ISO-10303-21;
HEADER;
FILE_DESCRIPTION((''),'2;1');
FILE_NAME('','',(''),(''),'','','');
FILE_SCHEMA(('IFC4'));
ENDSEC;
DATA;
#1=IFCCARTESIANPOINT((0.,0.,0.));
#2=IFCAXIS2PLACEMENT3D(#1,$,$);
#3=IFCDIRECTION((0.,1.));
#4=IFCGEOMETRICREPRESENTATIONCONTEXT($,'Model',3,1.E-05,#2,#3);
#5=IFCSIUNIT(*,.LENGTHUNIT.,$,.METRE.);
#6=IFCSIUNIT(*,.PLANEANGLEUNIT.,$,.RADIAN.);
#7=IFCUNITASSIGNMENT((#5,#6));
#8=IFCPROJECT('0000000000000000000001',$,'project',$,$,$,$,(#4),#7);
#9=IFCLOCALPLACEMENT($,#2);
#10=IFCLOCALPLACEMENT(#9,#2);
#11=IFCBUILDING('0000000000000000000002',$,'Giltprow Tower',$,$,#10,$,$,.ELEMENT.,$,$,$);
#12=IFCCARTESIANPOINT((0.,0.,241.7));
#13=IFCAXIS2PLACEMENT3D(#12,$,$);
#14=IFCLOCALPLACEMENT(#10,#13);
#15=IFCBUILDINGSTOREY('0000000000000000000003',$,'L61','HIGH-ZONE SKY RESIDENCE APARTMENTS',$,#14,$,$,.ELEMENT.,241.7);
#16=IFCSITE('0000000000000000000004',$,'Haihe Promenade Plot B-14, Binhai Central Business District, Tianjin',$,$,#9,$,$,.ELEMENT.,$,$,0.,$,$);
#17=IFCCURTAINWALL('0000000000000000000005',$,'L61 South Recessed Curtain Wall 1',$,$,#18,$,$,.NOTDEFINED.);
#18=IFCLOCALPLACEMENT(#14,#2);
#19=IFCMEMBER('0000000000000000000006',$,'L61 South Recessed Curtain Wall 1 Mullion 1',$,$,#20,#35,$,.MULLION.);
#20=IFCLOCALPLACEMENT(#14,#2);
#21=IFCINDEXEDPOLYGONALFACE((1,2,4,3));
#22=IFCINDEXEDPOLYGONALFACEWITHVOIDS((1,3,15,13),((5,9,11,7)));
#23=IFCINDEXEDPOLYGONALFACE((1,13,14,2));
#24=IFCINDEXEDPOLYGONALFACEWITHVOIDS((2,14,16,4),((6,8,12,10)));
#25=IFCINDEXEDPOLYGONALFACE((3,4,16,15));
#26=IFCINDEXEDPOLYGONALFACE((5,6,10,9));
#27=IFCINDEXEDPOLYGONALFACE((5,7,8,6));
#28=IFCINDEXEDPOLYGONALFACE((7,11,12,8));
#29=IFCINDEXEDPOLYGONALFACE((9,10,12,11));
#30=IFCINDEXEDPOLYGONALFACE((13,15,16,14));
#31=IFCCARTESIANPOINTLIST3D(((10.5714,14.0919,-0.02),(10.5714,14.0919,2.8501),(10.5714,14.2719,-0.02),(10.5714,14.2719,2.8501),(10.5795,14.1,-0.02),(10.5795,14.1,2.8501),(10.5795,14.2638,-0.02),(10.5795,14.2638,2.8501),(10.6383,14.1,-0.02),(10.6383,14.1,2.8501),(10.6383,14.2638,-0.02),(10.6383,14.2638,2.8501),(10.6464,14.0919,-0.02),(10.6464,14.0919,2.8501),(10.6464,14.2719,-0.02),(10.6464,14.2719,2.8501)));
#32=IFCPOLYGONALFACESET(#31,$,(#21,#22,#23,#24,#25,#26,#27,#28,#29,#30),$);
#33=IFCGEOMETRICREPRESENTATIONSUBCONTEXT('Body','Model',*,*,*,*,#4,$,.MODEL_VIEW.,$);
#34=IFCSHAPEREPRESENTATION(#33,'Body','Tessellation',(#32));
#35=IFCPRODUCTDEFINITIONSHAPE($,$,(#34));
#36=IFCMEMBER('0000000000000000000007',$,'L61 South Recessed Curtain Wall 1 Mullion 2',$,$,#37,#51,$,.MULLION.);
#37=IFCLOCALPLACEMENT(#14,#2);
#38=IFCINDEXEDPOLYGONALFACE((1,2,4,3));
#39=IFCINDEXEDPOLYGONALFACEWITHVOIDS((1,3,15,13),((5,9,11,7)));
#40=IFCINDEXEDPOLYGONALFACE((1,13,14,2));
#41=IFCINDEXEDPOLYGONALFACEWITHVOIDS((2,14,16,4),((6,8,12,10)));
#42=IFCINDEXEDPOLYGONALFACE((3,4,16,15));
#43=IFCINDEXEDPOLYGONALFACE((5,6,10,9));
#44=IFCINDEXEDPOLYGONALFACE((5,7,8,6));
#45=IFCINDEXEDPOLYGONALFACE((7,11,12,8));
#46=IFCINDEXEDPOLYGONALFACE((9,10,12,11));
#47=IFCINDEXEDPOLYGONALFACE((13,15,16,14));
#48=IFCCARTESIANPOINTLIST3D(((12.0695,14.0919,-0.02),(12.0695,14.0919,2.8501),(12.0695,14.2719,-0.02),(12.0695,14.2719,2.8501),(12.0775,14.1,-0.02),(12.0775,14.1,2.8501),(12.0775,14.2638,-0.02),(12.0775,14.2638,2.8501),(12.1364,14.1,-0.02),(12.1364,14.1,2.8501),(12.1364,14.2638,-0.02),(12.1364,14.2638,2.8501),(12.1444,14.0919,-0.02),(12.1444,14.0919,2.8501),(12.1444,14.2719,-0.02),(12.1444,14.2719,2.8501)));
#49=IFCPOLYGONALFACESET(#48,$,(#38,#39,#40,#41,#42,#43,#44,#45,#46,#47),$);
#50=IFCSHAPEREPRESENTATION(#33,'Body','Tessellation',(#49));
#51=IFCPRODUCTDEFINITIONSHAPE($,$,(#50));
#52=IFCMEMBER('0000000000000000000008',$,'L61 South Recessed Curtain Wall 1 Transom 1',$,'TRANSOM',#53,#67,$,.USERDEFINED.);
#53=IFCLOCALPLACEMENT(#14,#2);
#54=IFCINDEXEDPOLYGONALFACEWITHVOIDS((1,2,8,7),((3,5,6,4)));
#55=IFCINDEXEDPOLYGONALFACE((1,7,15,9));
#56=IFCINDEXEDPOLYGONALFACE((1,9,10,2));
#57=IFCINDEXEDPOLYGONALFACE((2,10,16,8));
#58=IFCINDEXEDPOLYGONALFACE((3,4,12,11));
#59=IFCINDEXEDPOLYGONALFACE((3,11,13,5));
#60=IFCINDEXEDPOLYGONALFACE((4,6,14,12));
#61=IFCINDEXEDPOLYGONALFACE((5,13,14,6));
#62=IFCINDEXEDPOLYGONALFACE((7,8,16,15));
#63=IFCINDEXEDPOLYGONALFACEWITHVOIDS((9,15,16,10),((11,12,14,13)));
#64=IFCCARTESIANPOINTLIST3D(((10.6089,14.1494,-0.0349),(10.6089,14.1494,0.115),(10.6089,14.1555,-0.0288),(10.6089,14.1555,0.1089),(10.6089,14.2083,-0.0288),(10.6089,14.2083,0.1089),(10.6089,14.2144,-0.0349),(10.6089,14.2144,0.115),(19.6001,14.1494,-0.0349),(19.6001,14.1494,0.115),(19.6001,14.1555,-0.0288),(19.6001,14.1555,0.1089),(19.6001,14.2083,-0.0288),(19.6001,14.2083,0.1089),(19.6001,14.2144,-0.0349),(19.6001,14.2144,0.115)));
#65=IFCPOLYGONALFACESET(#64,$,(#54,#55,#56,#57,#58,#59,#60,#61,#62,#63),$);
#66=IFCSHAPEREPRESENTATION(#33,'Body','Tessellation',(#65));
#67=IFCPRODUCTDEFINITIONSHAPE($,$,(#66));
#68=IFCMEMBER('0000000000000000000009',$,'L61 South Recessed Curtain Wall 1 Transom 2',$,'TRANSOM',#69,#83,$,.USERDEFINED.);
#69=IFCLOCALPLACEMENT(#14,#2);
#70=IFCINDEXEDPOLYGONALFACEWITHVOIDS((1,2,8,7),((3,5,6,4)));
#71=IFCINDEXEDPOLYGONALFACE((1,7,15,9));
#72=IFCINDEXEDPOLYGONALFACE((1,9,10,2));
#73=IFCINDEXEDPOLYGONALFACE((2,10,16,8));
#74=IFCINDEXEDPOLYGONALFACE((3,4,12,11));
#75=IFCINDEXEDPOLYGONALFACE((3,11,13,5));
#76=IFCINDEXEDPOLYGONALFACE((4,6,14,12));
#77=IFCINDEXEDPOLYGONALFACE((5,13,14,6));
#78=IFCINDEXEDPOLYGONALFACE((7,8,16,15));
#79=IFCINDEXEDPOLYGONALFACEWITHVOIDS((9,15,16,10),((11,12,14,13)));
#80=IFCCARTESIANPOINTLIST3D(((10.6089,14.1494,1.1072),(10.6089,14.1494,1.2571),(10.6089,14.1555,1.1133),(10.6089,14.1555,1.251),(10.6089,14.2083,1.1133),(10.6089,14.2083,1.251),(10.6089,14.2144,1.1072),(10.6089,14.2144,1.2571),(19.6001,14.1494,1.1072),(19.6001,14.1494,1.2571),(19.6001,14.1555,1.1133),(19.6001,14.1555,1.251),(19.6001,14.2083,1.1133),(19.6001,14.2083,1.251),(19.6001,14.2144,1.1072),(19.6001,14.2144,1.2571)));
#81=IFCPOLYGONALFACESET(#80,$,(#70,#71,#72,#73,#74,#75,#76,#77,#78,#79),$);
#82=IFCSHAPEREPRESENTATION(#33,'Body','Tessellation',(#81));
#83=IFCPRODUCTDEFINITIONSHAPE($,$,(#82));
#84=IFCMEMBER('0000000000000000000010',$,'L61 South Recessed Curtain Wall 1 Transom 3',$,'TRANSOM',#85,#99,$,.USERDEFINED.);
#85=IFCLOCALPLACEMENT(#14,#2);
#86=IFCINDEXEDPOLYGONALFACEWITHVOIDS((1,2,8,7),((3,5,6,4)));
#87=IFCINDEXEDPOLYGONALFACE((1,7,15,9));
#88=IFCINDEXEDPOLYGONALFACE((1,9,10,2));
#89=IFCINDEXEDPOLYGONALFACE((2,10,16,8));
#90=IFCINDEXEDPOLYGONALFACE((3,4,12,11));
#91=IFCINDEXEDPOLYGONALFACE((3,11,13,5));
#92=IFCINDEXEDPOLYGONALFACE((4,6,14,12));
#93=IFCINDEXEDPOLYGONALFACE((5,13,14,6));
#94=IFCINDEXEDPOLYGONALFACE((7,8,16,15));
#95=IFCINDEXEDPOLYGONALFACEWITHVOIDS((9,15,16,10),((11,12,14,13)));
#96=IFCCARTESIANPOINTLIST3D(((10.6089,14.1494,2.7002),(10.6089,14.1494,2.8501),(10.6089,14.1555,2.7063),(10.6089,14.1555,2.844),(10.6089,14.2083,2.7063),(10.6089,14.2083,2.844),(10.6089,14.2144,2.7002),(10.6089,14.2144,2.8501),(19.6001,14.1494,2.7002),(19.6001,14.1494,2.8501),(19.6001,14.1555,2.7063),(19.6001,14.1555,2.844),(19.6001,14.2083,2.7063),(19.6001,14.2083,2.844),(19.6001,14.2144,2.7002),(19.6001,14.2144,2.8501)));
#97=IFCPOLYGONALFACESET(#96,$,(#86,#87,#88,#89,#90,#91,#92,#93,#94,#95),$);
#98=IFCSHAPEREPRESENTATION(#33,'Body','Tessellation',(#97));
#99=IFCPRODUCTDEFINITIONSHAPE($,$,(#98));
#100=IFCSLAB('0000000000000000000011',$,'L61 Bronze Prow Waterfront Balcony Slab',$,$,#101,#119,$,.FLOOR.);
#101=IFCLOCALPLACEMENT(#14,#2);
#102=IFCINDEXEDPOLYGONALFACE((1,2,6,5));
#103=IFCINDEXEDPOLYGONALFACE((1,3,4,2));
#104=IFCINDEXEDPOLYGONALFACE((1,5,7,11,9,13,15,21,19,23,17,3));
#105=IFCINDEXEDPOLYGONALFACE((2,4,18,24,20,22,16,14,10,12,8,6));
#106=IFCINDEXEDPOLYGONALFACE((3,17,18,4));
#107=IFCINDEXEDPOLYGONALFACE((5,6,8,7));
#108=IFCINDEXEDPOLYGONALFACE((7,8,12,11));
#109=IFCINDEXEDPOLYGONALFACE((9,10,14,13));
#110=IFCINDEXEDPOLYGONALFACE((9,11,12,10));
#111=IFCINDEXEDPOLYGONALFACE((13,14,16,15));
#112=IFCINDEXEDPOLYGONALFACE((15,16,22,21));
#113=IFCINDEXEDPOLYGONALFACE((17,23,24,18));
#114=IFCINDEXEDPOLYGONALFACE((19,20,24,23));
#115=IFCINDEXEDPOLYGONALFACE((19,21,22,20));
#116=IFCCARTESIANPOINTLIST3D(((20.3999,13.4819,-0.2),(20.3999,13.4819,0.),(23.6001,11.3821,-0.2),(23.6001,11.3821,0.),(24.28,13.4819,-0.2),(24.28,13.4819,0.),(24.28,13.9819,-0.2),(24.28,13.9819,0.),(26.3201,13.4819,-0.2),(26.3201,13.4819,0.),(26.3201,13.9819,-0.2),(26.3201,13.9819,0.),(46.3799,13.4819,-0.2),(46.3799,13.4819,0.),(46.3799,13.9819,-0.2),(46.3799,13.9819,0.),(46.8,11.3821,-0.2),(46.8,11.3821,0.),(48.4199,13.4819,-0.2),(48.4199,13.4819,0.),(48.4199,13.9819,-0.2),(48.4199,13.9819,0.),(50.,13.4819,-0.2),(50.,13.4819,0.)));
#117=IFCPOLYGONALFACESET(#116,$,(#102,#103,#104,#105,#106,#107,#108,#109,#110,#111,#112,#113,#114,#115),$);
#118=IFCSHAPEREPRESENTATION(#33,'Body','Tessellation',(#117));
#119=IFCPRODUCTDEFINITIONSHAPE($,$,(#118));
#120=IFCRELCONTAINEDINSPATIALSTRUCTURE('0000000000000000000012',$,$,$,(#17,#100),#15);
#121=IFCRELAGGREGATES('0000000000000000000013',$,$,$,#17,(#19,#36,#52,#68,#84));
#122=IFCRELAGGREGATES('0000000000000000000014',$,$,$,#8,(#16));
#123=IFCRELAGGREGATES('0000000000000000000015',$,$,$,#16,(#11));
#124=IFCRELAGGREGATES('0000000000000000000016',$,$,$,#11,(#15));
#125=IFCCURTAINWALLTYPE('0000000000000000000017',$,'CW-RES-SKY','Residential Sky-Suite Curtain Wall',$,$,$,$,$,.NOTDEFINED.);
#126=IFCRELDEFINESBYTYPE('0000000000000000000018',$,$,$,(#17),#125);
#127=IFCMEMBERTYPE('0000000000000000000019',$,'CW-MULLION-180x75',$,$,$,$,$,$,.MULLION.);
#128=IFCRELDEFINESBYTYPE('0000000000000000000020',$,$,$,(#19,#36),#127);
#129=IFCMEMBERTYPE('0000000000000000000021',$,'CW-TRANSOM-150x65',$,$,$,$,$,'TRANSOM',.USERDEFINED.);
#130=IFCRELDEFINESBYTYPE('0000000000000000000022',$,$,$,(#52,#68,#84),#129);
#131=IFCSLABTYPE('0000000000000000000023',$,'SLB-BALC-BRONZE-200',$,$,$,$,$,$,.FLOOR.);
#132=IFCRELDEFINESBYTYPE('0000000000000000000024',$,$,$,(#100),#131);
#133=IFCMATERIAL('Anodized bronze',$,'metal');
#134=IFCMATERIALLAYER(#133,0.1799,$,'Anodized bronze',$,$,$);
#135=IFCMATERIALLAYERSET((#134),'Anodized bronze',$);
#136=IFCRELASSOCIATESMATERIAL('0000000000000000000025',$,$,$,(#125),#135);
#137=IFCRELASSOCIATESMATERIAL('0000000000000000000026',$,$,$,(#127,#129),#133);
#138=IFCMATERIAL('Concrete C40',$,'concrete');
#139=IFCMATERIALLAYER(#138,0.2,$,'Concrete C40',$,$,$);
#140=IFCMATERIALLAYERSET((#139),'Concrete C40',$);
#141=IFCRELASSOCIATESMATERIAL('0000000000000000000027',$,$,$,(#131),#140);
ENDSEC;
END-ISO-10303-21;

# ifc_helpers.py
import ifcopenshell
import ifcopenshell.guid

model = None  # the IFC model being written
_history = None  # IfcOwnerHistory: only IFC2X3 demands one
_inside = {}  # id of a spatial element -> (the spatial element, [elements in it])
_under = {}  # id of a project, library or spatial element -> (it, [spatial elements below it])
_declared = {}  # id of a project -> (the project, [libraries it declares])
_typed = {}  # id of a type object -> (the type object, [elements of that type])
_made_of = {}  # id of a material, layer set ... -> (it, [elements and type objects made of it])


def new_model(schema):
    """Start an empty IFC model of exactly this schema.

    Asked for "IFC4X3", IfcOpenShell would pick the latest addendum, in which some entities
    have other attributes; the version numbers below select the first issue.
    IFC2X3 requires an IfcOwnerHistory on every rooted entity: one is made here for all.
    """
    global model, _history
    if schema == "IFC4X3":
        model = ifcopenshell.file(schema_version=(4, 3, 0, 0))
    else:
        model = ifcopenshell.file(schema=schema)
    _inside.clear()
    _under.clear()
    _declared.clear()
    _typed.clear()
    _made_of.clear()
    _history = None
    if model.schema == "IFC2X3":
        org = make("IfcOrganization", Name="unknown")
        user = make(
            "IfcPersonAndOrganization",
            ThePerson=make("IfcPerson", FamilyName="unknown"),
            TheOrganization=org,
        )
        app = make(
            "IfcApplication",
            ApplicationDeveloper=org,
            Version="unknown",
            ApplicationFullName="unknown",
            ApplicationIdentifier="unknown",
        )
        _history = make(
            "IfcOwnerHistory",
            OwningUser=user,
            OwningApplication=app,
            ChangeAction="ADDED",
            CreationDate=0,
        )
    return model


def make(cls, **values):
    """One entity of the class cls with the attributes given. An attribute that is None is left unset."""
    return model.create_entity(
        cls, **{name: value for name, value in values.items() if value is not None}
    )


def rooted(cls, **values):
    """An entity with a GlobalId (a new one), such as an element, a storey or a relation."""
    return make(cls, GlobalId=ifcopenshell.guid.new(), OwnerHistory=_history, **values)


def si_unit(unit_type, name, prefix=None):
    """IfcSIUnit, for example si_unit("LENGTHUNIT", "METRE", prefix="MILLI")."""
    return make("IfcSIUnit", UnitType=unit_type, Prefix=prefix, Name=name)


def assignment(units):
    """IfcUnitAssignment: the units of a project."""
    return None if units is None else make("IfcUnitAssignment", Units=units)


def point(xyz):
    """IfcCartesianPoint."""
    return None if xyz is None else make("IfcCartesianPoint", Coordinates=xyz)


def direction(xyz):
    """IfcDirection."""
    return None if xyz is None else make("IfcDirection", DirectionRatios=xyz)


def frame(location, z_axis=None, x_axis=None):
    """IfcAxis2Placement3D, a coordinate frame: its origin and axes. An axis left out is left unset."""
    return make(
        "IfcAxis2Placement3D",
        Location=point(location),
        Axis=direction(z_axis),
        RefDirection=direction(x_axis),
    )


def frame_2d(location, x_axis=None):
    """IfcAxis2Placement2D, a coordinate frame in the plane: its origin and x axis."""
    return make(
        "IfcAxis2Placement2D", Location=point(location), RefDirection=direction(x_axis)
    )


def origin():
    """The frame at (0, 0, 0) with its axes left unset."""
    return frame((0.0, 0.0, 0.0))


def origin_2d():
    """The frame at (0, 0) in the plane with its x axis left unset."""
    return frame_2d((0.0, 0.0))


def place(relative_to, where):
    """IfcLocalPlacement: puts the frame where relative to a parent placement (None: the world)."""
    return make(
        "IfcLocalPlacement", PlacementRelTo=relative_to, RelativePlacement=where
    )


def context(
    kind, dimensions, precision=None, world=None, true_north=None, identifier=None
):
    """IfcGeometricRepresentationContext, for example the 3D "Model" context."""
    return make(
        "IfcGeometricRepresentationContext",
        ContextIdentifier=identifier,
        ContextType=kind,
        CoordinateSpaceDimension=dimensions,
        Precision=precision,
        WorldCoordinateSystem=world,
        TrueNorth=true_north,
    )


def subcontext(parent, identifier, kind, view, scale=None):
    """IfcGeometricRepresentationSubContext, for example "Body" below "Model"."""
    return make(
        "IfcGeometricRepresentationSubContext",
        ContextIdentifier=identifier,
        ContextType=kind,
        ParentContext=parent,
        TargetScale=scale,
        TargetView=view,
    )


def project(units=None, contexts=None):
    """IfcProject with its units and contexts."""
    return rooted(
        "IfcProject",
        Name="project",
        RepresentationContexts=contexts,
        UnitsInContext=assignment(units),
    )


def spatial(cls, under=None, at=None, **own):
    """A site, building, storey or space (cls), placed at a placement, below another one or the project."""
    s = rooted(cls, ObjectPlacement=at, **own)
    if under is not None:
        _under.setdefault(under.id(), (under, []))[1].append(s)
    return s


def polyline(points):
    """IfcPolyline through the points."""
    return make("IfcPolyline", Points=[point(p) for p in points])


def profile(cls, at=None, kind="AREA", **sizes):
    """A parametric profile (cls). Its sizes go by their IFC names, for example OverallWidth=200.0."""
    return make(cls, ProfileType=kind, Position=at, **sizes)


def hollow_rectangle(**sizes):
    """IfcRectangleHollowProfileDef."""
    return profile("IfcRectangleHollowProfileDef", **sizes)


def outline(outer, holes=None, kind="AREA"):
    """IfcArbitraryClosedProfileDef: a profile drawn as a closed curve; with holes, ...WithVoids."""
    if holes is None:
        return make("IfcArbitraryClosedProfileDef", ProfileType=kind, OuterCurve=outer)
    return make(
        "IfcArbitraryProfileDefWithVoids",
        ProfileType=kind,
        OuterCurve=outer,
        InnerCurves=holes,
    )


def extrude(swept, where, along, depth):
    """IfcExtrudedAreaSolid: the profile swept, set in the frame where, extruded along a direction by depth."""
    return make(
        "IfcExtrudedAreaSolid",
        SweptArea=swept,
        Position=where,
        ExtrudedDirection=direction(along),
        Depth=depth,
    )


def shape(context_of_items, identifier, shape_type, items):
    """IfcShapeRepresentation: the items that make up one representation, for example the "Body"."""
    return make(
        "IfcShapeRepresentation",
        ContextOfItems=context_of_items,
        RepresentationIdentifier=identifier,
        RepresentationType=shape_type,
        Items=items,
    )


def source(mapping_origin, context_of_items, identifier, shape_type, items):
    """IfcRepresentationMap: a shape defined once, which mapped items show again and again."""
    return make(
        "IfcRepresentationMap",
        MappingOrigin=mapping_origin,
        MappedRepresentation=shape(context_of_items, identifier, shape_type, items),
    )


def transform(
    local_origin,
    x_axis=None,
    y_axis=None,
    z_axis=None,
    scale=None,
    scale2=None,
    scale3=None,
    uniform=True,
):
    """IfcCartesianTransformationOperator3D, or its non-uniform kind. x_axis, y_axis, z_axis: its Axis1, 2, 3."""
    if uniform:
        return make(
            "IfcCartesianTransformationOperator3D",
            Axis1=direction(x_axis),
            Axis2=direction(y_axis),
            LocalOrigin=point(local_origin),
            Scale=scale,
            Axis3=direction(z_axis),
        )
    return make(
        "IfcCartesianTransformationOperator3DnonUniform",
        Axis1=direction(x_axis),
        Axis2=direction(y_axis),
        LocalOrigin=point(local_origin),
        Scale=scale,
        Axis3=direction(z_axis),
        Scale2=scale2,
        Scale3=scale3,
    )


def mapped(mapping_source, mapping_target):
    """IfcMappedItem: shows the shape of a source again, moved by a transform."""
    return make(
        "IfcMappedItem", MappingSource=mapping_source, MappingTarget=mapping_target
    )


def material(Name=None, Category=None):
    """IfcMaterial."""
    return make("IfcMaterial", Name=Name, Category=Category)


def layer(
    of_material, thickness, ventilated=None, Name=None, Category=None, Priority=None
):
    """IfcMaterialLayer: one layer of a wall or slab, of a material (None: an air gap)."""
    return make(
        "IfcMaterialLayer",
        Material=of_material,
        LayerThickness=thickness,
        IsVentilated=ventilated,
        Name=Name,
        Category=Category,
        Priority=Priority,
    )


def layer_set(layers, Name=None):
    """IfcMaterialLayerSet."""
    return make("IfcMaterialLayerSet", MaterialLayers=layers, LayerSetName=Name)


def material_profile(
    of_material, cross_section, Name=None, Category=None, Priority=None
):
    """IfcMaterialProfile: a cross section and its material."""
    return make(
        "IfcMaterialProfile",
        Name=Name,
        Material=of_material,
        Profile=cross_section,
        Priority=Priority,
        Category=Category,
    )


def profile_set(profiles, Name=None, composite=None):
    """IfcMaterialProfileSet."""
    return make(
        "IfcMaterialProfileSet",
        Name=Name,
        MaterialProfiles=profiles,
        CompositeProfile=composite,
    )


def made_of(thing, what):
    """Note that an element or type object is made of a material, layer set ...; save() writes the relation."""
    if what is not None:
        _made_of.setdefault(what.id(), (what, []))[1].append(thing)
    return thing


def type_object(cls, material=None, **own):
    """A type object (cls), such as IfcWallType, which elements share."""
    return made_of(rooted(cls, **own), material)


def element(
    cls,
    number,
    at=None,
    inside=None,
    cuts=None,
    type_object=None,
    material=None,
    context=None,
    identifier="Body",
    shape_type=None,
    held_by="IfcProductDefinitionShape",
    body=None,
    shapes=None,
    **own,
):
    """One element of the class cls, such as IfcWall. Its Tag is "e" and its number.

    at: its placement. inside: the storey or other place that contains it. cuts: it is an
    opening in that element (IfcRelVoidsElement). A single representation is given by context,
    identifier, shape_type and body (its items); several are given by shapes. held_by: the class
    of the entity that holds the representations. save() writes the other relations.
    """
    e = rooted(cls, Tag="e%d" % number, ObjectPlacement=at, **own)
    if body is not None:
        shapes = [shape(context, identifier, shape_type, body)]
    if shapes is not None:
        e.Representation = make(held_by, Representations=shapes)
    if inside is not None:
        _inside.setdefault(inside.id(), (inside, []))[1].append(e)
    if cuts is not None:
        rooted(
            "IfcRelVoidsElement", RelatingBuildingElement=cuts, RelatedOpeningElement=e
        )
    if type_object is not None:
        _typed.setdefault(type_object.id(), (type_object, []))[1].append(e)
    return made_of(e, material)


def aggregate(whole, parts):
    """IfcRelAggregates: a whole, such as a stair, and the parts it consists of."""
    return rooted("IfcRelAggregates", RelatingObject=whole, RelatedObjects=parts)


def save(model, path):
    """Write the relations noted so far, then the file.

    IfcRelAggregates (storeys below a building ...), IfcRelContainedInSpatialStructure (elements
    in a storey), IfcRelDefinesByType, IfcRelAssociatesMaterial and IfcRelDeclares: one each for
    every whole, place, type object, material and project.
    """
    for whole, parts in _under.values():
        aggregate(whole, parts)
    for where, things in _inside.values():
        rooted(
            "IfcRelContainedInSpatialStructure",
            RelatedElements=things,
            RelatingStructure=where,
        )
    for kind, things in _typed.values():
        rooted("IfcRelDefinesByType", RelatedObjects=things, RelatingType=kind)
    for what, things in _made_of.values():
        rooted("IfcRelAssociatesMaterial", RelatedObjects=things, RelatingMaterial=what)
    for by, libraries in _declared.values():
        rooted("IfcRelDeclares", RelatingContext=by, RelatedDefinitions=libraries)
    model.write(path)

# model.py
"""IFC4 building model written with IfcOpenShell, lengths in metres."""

from ifc_helpers import new_model, si_unit, direction, frame, origin, origin_2d, place, context, subcontext, project, spatial, polyline, hollow_rectangle, outline, extrude, source, transform, mapped, material, layer, layer_set, material_profile, profile_set, type_object, element, aggregate, save


model = new_model("IFC4")

# Units and contexts
model_context = context("Model", 3, precision=1e-05, world=origin(), true_north=direction((0.0, 1.0)))
body_context = subcontext(model_context, "Body", "Model", "MODEL_VIEW")
ifc_project = project(units=[si_unit("LENGTHUNIT", "METRE"), si_unit("PLANEANGLEUNIT", "RADIAN")], contexts=[model_context])

# Site, building, storey
site_placement = place(None, origin())
site = spatial("IfcSite", under=ifc_project, at=site_placement, Name="Haihe Promenade Plot B-14, Binhai Central Business District, Tianjin", CompositionType="ELEMENT", RefElevation=0.0)
building_placement = place(site_placement, origin())
building = spatial("IfcBuilding", under=site, at=building_placement, Name="Giltprow Tower", CompositionType="ELEMENT")
storey_placement = place(building_placement, frame((0.0, 0.0, 241.7)))
storey = spatial("IfcBuildingStorey", under=building, at=storey_placement, Name="L61", Description="HIGH-ZONE SKY RESIDENCE APARTMENTS", CompositionType="ELEMENT", Elevation=241.7)

# Curtain wall, members
ifc_material_1 = material(Name="Anodized bronze", Category="metal")
ifc_layer_1 = layer(ifc_material_1, 0.1799, Name="Anodized bronze")
ifc_layer_set_1 = layer_set([ifc_layer_1], Name="Anodized bronze")
curtain_wall_type = type_object("IfcCurtainWallType", Name="CW-RES-SKY", Description="Residential Sky-Suite Curtain Wall", PredefinedType="NOTDEFINED", material=ifc_layer_set_1)
curtain_wall_placement = place(storey_placement, origin())
curtain_wall = element("IfcCurtainWall", 1, at=curtain_wall_placement, inside=storey, type_object=curtain_wall_type, Name="L61 South Recessed Curtain Wall 1", PredefinedType="NOTDEFINED")
ifc_material_profile_1 = material_profile(ifc_material_1, hollow_rectangle(XDim=0.075, YDim=0.1799, WallThickness=0.0081, at=origin_2d()), Name="RHS 180x75x8")
ifc_profile_set_1 = profile_set([ifc_material_profile_1], Name="Anodized bronze")
member_type_1 = type_object("IfcMemberType", Name="CW-MULLION-180x75", PredefinedType="MULLION", material=ifc_profile_set_1)
shared_shape_1 = source(origin(), body_context, "Body", "SweptSolid", [
    extrude(hollow_rectangle(XDim=0.075, YDim=0.1799, WallThickness=0.0081, at=origin_2d()), origin(), (0.0, 0.0, 1.0), 2.8701),
])
member_1_placement = place(storey_placement, frame((10.6089, 14.1819, -0.02), z_axis=(0.0, 0.0, 1.0), x_axis=(1.0, 0.0, 0.0)))
member_1 = element("IfcMember", 2, at=member_1_placement, type_object=member_type_1, Name="L61 South Recessed Curtain Wall 1 Mullion 1", PredefinedType="MULLION", context=body_context, shape_type="MappedRepresentation", body=[
    mapped(shared_shape_1, transform((0.0, 0.0, 0.0), x_axis=(1.0, 0.0, 0.0), y_axis=(0.0, 1.0, 0.0), z_axis=(0.0, 0.0, 1.0), scale=1.0)),
])
member_2_placement = place(storey_placement, frame((12.1069, 14.1819, -0.02), z_axis=(0.0, 0.0, 1.0), x_axis=(1.0, 0.0, 0.0)))
member_2 = element("IfcMember", 3, at=member_2_placement, type_object=member_type_1, Name="L61 South Recessed Curtain Wall 1 Mullion 2", PredefinedType="MULLION", context=body_context, shape_type="MappedRepresentation", body=[
    mapped(shared_shape_1, transform((0.0, 0.0, 0.0), x_axis=(1.0, 0.0, 0.0), y_axis=(0.0, 1.0, 0.0), z_axis=(0.0, 0.0, 1.0), scale=1.0)),
])
ifc_material_profile_2 = material_profile(ifc_material_1, hollow_rectangle(XDim=0.0649, YDim=0.1499, WallThickness=0.0061, at=origin_2d()), Name="RHS 150x65x6")
ifc_profile_set_2 = profile_set([ifc_material_profile_2], Name="Anodized bronze")
member_type_2 = type_object("IfcMemberType", Name="CW-TRANSOM-150x65", ElementType="TRANSOM", PredefinedType="USERDEFINED", material=ifc_profile_set_2)
shared_shape_2 = source(origin(), body_context, "Body", "SweptSolid", [
    extrude(hollow_rectangle(XDim=0.0649, YDim=0.1499, WallThickness=0.0061, at=origin_2d()), origin(), (0.0, 0.0, 1.0), 8.9912),
])
member_3_placement = place(storey_placement, frame((10.6089, 14.1819, 0.04), z_axis=(1.0, 0.0, 0.0), x_axis=(0.0, 1.0, 0.0)))
member_3 = element("IfcMember", 4, at=member_3_placement, type_object=member_type_2, Name="L61 South Recessed Curtain Wall 1 Transom 1", ObjectType="TRANSOM", PredefinedType="USERDEFINED", context=body_context, shape_type="MappedRepresentation", body=[
    mapped(shared_shape_2, transform((0.0, 0.0, 0.0), x_axis=(1.0, 0.0, 0.0), y_axis=(0.0, 1.0, 0.0), z_axis=(0.0, 0.0, 1.0), scale=1.0)),
])
member_4_placement = place(storey_placement, frame((10.6089, 14.1819, 1.1821), z_axis=(1.0, 0.0, 0.0), x_axis=(0.0, 1.0, 0.0)))
member_4 = element("IfcMember", 5, at=member_4_placement, type_object=member_type_2, Name="L61 South Recessed Curtain Wall 1 Transom 2", ObjectType="TRANSOM", PredefinedType="USERDEFINED", context=body_context, shape_type="MappedRepresentation", body=[
    mapped(shared_shape_2, transform((0.0, 0.0, 0.0), x_axis=(1.0, 0.0, 0.0), y_axis=(0.0, 1.0, 0.0), z_axis=(0.0, 0.0, 1.0), scale=1.0)),
])
member_5_placement = place(storey_placement, frame((10.6089, 14.1819, 2.7751), z_axis=(1.0, 0.0, 0.0), x_axis=(0.0, 1.0, 0.0)))
member_5 = element("IfcMember", 6, at=member_5_placement, type_object=member_type_2, Name="L61 South Recessed Curtain Wall 1 Transom 3", ObjectType="TRANSOM", PredefinedType="USERDEFINED", context=body_context, shape_type="MappedRepresentation", body=[
    mapped(shared_shape_2, transform((0.0, 0.0, 0.0), x_axis=(1.0, 0.0, 0.0), y_axis=(0.0, 1.0, 0.0), z_axis=(0.0, 0.0, 1.0), scale=1.0)),
])

# Slab
ifc_material_2 = material(Name="Concrete C40", Category="concrete")
ifc_layer_2 = layer(ifc_material_2, 0.2, Name="Concrete C40")
ifc_layer_set_2 = layer_set([ifc_layer_2], Name="Concrete C40")
slab_type_1 = type_object("IfcSlabType", Name="SLB-BALC-BRONZE-200", PredefinedType="FLOOR", material=ifc_layer_set_2)
slab_1_placement = place(storey_placement, frame((0.0, 0.0, -0.2)))
element("IfcSlab", 7, at=slab_1_placement, inside=storey, type_object=slab_type_1, Name="L61 Bronze Prow Waterfront Balcony Slab", PredefinedType="FLOOR", context=body_context, shape_type="SweptSolid", body=[
    extrude(outline(polyline([(50.0, 13.4819), (46.8, 11.3821), (23.6001, 11.3821), (20.3999, 13.4819), (24.28, 13.4819), (24.28, 13.9819), (26.3201, 13.9819), (26.3201, 13.4819), (46.3799, 13.4819), (46.3799, 13.9819), (48.4199, 13.9819), (48.4199, 13.4819), (50.0, 13.4819)])), origin(), (0.0, 0.0, 1.0), 0.2),
])

aggregate(curtain_wall, [member_1, member_2, member_3, member_4, member_5])

save(model, "model.ifc")
